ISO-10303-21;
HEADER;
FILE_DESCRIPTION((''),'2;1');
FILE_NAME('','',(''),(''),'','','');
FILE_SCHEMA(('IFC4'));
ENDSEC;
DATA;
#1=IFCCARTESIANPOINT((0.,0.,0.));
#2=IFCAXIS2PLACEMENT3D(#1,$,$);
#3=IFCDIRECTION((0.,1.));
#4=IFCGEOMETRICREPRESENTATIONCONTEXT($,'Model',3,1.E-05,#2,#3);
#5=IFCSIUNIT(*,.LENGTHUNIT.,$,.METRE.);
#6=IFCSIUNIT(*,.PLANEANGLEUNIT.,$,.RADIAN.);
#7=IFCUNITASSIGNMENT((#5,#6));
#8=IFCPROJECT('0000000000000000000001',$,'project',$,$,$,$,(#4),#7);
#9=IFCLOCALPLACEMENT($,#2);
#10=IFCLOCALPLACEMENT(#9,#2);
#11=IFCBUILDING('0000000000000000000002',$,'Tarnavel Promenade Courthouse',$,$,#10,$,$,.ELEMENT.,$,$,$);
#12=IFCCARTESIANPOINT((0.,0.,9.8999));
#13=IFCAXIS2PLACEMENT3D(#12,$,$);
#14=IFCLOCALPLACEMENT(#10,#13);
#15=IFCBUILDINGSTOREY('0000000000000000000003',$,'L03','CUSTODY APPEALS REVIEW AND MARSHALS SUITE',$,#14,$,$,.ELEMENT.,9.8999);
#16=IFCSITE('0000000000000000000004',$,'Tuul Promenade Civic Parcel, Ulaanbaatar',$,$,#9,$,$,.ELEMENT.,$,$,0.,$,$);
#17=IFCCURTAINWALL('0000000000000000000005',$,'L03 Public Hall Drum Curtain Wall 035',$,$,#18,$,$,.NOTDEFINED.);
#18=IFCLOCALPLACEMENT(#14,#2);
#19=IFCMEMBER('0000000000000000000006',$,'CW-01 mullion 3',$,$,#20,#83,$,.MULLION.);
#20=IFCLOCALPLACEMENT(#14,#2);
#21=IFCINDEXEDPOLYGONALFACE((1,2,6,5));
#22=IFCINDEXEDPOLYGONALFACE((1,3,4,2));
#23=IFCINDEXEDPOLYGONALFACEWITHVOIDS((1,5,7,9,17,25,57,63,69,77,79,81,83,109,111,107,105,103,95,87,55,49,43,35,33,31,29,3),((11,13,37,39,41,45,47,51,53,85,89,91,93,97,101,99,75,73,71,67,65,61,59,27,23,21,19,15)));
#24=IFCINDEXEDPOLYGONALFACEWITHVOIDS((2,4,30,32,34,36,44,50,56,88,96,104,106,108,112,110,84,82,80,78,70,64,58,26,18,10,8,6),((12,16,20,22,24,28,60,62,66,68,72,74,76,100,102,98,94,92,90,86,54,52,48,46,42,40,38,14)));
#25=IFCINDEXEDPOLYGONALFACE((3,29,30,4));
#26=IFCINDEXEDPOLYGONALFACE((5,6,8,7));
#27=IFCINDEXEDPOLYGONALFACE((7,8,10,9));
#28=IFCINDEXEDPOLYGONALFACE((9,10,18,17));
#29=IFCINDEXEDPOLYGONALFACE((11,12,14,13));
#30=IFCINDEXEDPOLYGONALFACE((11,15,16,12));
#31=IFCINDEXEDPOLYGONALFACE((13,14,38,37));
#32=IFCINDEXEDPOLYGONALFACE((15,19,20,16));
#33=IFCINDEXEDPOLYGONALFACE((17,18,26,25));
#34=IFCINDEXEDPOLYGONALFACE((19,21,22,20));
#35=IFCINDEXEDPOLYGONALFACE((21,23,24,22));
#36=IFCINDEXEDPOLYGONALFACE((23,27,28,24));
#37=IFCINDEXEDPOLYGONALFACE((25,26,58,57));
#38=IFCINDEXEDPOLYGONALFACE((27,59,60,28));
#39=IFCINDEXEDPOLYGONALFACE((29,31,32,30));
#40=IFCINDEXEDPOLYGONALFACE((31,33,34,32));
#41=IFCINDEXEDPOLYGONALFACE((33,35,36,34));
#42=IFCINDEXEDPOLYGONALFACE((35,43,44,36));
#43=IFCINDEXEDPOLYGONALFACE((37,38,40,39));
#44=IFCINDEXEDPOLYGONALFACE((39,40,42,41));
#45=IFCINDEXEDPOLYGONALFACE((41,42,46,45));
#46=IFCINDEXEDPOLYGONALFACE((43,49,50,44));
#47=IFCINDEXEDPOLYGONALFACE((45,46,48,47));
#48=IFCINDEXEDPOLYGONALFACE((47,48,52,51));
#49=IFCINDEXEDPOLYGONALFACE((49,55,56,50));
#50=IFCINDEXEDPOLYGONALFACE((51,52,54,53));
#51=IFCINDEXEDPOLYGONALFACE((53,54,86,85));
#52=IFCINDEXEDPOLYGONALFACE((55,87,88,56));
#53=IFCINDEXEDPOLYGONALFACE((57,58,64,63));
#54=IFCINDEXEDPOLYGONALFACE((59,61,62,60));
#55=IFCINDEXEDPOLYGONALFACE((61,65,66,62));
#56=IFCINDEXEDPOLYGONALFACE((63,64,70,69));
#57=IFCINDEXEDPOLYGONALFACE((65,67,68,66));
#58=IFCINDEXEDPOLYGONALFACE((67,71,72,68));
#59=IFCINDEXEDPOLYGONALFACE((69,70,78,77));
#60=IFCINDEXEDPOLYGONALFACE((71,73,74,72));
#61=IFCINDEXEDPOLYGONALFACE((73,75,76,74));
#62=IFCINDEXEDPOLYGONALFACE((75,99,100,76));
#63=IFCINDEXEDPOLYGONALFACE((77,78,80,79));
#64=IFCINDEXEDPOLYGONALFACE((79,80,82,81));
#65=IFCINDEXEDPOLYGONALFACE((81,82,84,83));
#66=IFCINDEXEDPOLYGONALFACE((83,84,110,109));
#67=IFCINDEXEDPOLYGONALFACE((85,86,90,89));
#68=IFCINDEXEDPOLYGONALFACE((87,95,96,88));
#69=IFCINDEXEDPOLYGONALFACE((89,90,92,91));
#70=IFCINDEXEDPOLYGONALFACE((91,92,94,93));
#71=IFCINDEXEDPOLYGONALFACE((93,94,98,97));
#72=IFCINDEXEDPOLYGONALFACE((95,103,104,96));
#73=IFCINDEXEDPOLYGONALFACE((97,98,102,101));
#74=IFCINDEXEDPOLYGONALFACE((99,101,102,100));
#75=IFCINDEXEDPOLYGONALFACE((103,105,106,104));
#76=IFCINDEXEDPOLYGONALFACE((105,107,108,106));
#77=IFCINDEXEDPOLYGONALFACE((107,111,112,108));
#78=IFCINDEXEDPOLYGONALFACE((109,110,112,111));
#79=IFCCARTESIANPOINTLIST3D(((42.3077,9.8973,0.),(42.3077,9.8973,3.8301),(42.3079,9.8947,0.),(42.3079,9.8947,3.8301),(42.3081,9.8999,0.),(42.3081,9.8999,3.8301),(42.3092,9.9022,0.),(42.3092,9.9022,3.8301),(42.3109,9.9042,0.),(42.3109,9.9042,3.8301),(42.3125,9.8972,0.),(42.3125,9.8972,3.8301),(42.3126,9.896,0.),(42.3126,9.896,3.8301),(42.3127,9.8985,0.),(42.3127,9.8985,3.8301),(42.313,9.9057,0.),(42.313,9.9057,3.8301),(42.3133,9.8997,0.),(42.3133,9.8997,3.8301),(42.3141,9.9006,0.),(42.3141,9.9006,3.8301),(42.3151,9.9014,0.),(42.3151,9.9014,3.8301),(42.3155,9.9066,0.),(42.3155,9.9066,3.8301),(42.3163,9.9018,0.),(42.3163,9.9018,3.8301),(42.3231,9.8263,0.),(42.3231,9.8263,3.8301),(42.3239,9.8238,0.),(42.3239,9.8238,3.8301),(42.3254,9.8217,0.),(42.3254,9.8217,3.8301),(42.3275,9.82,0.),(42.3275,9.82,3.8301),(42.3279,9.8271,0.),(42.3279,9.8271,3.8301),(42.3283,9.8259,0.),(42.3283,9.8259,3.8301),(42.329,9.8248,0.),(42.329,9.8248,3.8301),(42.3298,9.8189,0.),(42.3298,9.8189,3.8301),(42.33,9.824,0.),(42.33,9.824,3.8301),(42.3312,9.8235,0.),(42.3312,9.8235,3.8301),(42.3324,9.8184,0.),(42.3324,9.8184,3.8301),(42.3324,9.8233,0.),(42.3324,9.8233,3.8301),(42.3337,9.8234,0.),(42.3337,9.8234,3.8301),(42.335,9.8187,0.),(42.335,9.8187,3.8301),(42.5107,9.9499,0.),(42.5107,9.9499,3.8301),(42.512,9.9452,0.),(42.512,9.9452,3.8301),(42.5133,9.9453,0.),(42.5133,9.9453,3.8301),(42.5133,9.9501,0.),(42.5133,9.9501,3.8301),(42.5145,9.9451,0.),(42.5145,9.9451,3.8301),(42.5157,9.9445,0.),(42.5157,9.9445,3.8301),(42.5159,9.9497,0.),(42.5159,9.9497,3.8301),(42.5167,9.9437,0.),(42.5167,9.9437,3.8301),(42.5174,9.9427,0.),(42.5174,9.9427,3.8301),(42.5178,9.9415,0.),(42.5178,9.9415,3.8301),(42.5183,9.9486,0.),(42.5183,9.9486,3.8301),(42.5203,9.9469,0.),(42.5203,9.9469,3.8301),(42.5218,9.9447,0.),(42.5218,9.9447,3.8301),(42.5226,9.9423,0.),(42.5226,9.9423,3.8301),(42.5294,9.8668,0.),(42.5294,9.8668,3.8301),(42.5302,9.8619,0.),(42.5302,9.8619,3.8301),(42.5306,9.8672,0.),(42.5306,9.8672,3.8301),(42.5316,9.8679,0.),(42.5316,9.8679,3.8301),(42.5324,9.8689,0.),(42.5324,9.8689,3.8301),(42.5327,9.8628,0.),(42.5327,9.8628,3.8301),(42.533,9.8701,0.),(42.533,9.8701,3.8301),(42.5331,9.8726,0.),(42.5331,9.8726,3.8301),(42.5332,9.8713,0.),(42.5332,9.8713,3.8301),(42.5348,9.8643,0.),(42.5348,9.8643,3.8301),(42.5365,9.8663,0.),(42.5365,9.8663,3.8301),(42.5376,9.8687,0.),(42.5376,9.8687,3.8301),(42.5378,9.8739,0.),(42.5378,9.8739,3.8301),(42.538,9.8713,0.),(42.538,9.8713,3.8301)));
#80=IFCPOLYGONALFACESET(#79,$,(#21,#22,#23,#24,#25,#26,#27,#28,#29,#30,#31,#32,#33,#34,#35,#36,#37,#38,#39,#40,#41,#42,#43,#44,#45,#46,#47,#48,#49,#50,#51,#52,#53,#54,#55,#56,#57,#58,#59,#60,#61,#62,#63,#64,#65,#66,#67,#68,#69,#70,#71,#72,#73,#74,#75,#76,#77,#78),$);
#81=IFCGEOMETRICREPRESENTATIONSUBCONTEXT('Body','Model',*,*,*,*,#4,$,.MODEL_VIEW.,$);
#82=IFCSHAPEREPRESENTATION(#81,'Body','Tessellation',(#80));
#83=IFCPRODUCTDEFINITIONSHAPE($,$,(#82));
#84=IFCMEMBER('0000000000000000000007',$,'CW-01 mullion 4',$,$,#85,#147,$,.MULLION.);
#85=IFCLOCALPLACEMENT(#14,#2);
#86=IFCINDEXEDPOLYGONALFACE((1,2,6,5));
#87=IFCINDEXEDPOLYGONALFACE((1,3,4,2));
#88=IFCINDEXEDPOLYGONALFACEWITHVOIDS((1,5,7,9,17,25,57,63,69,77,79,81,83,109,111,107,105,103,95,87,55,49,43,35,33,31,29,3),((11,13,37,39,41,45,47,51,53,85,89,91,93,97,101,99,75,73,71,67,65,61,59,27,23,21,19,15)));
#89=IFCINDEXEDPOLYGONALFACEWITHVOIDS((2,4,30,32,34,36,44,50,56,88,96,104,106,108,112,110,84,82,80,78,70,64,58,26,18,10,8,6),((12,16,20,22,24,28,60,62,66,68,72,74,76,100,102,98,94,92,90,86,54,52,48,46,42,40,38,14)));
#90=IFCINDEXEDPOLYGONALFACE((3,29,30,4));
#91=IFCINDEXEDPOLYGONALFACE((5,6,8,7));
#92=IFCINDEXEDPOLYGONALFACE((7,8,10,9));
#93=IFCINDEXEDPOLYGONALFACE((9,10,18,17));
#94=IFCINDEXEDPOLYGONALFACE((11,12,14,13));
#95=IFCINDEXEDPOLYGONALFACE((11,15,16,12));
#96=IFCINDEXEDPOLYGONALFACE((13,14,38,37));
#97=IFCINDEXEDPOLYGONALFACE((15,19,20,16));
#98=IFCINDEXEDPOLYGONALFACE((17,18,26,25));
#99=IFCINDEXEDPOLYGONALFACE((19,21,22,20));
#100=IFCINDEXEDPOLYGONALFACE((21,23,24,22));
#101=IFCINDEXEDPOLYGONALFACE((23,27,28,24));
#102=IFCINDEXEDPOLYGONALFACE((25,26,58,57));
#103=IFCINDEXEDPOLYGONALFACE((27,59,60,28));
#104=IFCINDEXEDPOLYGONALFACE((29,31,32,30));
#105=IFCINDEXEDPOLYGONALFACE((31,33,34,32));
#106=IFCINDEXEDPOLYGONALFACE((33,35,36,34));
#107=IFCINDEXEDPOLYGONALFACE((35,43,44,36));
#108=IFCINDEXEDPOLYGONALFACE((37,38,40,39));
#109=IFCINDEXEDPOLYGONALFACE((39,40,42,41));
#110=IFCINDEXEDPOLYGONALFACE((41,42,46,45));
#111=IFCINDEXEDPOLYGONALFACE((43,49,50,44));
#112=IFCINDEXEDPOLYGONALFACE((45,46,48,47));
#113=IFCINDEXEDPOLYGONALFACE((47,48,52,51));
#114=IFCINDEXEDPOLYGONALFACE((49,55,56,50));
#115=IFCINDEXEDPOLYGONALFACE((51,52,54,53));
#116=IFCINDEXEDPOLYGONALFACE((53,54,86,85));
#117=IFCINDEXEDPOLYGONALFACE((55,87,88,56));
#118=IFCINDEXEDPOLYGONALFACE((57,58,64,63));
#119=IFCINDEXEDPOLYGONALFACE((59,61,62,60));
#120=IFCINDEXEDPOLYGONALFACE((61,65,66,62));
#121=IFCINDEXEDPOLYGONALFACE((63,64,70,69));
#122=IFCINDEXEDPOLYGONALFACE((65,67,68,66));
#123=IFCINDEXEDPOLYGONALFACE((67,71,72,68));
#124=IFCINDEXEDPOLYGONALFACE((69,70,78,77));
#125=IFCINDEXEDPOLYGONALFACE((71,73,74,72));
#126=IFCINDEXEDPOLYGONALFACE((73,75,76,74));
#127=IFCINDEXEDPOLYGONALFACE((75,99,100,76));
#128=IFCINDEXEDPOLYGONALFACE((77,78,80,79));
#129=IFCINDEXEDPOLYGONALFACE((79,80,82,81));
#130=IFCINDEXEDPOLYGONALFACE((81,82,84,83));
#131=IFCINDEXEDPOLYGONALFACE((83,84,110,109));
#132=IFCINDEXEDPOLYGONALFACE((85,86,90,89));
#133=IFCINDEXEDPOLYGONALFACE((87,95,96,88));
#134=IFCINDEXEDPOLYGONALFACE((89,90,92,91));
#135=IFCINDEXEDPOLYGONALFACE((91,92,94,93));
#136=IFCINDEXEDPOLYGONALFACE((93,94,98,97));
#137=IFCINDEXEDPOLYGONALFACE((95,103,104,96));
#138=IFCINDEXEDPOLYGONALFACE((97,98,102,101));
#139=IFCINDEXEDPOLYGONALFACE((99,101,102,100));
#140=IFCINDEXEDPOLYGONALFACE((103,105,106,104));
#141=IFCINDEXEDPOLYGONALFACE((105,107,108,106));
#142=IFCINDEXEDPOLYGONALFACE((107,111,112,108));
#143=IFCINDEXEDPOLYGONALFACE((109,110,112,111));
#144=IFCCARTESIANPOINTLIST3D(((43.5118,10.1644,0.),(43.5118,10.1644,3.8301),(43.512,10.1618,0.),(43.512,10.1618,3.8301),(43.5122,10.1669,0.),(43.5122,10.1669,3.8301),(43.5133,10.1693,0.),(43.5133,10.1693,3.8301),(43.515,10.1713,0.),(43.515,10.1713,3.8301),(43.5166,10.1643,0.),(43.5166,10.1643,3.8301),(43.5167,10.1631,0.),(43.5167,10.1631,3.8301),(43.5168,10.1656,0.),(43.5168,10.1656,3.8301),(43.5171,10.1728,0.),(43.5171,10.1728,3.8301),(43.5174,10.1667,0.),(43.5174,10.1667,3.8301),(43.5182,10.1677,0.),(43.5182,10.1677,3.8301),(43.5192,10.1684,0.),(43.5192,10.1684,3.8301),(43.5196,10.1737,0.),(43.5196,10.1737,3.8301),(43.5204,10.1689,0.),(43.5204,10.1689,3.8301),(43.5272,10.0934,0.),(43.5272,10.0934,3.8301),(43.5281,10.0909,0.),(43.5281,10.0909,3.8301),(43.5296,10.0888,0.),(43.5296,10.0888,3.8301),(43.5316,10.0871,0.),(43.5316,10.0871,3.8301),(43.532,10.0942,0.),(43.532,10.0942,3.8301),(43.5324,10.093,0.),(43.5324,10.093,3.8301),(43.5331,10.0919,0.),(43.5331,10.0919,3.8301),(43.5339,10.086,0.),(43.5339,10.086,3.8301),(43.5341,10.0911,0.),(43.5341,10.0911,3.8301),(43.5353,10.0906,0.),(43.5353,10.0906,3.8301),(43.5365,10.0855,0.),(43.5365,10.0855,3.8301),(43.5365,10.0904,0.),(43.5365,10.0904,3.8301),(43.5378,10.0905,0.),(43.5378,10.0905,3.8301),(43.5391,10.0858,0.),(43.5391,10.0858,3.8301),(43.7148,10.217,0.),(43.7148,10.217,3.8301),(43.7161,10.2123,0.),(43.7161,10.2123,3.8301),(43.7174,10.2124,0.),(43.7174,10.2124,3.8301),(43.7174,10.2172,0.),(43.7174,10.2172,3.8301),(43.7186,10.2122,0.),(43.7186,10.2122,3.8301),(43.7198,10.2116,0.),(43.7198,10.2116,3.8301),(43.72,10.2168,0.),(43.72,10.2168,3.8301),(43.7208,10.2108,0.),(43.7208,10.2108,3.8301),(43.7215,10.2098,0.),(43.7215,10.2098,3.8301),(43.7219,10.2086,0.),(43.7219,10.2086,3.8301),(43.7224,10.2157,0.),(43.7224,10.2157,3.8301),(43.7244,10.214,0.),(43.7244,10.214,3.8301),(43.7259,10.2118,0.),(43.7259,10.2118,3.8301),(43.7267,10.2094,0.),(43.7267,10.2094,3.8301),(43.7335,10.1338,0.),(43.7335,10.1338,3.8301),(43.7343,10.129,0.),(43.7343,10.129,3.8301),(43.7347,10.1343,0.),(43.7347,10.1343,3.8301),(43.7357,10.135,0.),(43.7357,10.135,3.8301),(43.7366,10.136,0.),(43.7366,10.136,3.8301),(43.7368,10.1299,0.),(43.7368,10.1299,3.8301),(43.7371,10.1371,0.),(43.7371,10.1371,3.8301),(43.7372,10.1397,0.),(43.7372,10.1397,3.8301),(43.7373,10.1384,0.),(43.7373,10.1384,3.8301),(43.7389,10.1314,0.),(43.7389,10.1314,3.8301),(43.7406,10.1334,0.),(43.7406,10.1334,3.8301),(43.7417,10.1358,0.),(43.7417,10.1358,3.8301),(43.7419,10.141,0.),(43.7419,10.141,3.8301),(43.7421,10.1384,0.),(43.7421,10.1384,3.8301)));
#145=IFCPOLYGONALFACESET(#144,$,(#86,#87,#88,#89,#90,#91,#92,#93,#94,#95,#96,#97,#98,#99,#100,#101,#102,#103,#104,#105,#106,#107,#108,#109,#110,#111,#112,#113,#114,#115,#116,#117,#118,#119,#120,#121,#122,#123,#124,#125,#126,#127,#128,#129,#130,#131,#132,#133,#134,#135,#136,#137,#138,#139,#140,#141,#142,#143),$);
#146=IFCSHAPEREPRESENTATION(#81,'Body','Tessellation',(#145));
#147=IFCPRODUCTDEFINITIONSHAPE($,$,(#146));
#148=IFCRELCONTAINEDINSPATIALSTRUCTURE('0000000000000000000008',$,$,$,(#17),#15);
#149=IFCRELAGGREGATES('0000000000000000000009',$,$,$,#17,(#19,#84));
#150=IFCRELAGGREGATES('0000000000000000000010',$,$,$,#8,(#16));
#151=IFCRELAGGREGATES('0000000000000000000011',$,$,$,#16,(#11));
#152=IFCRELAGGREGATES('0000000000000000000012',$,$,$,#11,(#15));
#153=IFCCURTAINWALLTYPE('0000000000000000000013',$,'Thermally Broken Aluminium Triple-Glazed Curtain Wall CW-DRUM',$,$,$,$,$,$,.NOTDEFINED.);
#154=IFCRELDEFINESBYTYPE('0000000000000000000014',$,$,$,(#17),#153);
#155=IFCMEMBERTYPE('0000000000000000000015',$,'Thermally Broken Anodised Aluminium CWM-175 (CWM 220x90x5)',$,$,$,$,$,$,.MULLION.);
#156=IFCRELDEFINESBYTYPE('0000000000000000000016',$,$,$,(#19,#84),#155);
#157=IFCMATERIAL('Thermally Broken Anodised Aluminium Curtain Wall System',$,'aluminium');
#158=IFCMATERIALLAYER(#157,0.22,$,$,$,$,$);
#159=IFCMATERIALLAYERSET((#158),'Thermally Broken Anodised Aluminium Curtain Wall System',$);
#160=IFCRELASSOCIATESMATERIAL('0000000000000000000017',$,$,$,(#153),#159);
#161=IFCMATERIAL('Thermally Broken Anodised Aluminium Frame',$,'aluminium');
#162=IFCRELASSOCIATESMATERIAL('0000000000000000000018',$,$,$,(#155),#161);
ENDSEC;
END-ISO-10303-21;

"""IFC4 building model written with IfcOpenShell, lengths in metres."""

from ifc_helpers import new_model, si_unit, direction, frame, origin, origin_2d, place, context, subcontext, project, spatial, hollow_rectangle, extrude, material, layer, layer_set, material_profile, profile_set, type_object, element, aggregate, save


model = new_model("IFC4")

# Units and contexts
model_context = context("Model", 3, precision=1e-05, world=origin(), true_north=direction((0.0, 1.0)))
body_context = subcontext(model_context, "Body", "Model", "MODEL_VIEW")
ifc_project = project(units=[si_unit("LENGTHUNIT", "METRE"), si_unit("PLANEANGLEUNIT", "RADIAN")], contexts=[model_context])

# Site, building, storey
site_placement = place(None, origin())
site = spatial("IfcSite", under=ifc_project, at=site_placement, Name="Tuul Promenade Civic Parcel, Ulaanbaatar", CompositionType="ELEMENT", RefElevation=0.0)
building_placement = place(site_placement, origin())
building = spatial("IfcBuilding", under=site, at=building_placement, Name="Tarnavel Promenade Courthouse", CompositionType="ELEMENT")
storey_placement = place(building_placement, frame((0.0, 0.0, 9.8999)))
storey = spatial("IfcBuildingStorey", under=building, at=storey_placement, Name="L03", Description="CUSTODY APPEALS REVIEW AND MARSHALS SUITE", CompositionType="ELEMENT", Elevation=9.8999)

# Shared definitions
ifc_material_1 = material(Name="Thermally Broken Anodised Aluminium Curtain Wall System", Category="aluminium")
ifc_layer_1 = layer(ifc_material_1, 0.22)
ifc_layer_set_1 = layer_set([ifc_layer_1], Name="Thermally Broken Anodised Aluminium Curtain Wall System")
curtain_wall_type = type_object("IfcCurtainWallType", Name="Thermally Broken Aluminium Triple-Glazed Curtain Wall CW-DRUM", PredefinedType="NOTDEFINED", material=ifc_layer_set_1)
ifc_material_2 = material(Name="Thermally Broken Anodised Aluminium Frame", Category="aluminium")
ifc_material_profile_1 = material_profile(ifc_material_2, hollow_rectangle(XDim=0.0901, YDim=0.22, WallThickness=0.0049, InnerFilletRadius=0.0049, OuterFilletRadius=0.01, at=origin_2d()), Name="CWM 220x90x5")
ifc_profile_set_1 = profile_set([ifc_material_profile_1], Name="Thermally Broken Anodised Aluminium Frame")
member_type_1 = type_object("IfcMemberType", Name="Thermally Broken Anodised Aluminium CWM-175 (CWM 220x90x5)", PredefinedType="MULLION", material=ifc_profile_set_1)

# Curtain wall, members
curtain_wall_1_placement = place(storey_placement, origin())
curtain_wall_1 = element("IfcCurtainWall", 1, at=curtain_wall_1_placement, inside=storey, type_object=curtain_wall_type, Name="L03 Public Hall Drum Curtain Wall 035", PredefinedType="NOTDEFINED")
member_1_placement = place(storey_placement, frame((42.4229, 9.8843, 0.0), z_axis=(0.0, 0.0, 1.0), x_axis=(-0.216439, 0.976296, 0.0)))
member_1 = element("IfcMember", 2, at=member_1_placement, type_object=member_type_1, Name="CW-01 mullion 3", PredefinedType="MULLION", context=body_context, shape_type="SweptSolid", body=[
    extrude(hollow_rectangle(XDim=0.0901, YDim=0.22, WallThickness=0.0049, InnerFilletRadius=0.0049, OuterFilletRadius=0.01, at=origin_2d()), origin(), (0.0, 0.0, 1.0), 3.8301),
])
member_2_placement = place(storey_placement, frame((43.627, 10.1514, 0.0), z_axis=(0.0, 0.0, 1.0), x_axis=(-0.216439, 0.976296, 0.0)))
member_2 = element("IfcMember", 3, at=member_2_placement, type_object=member_type_1, Name="CW-01 mullion 4", PredefinedType="MULLION", context=body_context, shape_type="SweptSolid", body=[
    extrude(hollow_rectangle(XDim=0.0901, YDim=0.22, WallThickness=0.0049, InnerFilletRadius=0.0049, OuterFilletRadius=0.01, at=origin_2d()), origin(), (0.0, 0.0, 1.0), 3.8301),
])

aggregate(curtain_wall_1, [member_1, member_2])

save(model, "model.ifc")
